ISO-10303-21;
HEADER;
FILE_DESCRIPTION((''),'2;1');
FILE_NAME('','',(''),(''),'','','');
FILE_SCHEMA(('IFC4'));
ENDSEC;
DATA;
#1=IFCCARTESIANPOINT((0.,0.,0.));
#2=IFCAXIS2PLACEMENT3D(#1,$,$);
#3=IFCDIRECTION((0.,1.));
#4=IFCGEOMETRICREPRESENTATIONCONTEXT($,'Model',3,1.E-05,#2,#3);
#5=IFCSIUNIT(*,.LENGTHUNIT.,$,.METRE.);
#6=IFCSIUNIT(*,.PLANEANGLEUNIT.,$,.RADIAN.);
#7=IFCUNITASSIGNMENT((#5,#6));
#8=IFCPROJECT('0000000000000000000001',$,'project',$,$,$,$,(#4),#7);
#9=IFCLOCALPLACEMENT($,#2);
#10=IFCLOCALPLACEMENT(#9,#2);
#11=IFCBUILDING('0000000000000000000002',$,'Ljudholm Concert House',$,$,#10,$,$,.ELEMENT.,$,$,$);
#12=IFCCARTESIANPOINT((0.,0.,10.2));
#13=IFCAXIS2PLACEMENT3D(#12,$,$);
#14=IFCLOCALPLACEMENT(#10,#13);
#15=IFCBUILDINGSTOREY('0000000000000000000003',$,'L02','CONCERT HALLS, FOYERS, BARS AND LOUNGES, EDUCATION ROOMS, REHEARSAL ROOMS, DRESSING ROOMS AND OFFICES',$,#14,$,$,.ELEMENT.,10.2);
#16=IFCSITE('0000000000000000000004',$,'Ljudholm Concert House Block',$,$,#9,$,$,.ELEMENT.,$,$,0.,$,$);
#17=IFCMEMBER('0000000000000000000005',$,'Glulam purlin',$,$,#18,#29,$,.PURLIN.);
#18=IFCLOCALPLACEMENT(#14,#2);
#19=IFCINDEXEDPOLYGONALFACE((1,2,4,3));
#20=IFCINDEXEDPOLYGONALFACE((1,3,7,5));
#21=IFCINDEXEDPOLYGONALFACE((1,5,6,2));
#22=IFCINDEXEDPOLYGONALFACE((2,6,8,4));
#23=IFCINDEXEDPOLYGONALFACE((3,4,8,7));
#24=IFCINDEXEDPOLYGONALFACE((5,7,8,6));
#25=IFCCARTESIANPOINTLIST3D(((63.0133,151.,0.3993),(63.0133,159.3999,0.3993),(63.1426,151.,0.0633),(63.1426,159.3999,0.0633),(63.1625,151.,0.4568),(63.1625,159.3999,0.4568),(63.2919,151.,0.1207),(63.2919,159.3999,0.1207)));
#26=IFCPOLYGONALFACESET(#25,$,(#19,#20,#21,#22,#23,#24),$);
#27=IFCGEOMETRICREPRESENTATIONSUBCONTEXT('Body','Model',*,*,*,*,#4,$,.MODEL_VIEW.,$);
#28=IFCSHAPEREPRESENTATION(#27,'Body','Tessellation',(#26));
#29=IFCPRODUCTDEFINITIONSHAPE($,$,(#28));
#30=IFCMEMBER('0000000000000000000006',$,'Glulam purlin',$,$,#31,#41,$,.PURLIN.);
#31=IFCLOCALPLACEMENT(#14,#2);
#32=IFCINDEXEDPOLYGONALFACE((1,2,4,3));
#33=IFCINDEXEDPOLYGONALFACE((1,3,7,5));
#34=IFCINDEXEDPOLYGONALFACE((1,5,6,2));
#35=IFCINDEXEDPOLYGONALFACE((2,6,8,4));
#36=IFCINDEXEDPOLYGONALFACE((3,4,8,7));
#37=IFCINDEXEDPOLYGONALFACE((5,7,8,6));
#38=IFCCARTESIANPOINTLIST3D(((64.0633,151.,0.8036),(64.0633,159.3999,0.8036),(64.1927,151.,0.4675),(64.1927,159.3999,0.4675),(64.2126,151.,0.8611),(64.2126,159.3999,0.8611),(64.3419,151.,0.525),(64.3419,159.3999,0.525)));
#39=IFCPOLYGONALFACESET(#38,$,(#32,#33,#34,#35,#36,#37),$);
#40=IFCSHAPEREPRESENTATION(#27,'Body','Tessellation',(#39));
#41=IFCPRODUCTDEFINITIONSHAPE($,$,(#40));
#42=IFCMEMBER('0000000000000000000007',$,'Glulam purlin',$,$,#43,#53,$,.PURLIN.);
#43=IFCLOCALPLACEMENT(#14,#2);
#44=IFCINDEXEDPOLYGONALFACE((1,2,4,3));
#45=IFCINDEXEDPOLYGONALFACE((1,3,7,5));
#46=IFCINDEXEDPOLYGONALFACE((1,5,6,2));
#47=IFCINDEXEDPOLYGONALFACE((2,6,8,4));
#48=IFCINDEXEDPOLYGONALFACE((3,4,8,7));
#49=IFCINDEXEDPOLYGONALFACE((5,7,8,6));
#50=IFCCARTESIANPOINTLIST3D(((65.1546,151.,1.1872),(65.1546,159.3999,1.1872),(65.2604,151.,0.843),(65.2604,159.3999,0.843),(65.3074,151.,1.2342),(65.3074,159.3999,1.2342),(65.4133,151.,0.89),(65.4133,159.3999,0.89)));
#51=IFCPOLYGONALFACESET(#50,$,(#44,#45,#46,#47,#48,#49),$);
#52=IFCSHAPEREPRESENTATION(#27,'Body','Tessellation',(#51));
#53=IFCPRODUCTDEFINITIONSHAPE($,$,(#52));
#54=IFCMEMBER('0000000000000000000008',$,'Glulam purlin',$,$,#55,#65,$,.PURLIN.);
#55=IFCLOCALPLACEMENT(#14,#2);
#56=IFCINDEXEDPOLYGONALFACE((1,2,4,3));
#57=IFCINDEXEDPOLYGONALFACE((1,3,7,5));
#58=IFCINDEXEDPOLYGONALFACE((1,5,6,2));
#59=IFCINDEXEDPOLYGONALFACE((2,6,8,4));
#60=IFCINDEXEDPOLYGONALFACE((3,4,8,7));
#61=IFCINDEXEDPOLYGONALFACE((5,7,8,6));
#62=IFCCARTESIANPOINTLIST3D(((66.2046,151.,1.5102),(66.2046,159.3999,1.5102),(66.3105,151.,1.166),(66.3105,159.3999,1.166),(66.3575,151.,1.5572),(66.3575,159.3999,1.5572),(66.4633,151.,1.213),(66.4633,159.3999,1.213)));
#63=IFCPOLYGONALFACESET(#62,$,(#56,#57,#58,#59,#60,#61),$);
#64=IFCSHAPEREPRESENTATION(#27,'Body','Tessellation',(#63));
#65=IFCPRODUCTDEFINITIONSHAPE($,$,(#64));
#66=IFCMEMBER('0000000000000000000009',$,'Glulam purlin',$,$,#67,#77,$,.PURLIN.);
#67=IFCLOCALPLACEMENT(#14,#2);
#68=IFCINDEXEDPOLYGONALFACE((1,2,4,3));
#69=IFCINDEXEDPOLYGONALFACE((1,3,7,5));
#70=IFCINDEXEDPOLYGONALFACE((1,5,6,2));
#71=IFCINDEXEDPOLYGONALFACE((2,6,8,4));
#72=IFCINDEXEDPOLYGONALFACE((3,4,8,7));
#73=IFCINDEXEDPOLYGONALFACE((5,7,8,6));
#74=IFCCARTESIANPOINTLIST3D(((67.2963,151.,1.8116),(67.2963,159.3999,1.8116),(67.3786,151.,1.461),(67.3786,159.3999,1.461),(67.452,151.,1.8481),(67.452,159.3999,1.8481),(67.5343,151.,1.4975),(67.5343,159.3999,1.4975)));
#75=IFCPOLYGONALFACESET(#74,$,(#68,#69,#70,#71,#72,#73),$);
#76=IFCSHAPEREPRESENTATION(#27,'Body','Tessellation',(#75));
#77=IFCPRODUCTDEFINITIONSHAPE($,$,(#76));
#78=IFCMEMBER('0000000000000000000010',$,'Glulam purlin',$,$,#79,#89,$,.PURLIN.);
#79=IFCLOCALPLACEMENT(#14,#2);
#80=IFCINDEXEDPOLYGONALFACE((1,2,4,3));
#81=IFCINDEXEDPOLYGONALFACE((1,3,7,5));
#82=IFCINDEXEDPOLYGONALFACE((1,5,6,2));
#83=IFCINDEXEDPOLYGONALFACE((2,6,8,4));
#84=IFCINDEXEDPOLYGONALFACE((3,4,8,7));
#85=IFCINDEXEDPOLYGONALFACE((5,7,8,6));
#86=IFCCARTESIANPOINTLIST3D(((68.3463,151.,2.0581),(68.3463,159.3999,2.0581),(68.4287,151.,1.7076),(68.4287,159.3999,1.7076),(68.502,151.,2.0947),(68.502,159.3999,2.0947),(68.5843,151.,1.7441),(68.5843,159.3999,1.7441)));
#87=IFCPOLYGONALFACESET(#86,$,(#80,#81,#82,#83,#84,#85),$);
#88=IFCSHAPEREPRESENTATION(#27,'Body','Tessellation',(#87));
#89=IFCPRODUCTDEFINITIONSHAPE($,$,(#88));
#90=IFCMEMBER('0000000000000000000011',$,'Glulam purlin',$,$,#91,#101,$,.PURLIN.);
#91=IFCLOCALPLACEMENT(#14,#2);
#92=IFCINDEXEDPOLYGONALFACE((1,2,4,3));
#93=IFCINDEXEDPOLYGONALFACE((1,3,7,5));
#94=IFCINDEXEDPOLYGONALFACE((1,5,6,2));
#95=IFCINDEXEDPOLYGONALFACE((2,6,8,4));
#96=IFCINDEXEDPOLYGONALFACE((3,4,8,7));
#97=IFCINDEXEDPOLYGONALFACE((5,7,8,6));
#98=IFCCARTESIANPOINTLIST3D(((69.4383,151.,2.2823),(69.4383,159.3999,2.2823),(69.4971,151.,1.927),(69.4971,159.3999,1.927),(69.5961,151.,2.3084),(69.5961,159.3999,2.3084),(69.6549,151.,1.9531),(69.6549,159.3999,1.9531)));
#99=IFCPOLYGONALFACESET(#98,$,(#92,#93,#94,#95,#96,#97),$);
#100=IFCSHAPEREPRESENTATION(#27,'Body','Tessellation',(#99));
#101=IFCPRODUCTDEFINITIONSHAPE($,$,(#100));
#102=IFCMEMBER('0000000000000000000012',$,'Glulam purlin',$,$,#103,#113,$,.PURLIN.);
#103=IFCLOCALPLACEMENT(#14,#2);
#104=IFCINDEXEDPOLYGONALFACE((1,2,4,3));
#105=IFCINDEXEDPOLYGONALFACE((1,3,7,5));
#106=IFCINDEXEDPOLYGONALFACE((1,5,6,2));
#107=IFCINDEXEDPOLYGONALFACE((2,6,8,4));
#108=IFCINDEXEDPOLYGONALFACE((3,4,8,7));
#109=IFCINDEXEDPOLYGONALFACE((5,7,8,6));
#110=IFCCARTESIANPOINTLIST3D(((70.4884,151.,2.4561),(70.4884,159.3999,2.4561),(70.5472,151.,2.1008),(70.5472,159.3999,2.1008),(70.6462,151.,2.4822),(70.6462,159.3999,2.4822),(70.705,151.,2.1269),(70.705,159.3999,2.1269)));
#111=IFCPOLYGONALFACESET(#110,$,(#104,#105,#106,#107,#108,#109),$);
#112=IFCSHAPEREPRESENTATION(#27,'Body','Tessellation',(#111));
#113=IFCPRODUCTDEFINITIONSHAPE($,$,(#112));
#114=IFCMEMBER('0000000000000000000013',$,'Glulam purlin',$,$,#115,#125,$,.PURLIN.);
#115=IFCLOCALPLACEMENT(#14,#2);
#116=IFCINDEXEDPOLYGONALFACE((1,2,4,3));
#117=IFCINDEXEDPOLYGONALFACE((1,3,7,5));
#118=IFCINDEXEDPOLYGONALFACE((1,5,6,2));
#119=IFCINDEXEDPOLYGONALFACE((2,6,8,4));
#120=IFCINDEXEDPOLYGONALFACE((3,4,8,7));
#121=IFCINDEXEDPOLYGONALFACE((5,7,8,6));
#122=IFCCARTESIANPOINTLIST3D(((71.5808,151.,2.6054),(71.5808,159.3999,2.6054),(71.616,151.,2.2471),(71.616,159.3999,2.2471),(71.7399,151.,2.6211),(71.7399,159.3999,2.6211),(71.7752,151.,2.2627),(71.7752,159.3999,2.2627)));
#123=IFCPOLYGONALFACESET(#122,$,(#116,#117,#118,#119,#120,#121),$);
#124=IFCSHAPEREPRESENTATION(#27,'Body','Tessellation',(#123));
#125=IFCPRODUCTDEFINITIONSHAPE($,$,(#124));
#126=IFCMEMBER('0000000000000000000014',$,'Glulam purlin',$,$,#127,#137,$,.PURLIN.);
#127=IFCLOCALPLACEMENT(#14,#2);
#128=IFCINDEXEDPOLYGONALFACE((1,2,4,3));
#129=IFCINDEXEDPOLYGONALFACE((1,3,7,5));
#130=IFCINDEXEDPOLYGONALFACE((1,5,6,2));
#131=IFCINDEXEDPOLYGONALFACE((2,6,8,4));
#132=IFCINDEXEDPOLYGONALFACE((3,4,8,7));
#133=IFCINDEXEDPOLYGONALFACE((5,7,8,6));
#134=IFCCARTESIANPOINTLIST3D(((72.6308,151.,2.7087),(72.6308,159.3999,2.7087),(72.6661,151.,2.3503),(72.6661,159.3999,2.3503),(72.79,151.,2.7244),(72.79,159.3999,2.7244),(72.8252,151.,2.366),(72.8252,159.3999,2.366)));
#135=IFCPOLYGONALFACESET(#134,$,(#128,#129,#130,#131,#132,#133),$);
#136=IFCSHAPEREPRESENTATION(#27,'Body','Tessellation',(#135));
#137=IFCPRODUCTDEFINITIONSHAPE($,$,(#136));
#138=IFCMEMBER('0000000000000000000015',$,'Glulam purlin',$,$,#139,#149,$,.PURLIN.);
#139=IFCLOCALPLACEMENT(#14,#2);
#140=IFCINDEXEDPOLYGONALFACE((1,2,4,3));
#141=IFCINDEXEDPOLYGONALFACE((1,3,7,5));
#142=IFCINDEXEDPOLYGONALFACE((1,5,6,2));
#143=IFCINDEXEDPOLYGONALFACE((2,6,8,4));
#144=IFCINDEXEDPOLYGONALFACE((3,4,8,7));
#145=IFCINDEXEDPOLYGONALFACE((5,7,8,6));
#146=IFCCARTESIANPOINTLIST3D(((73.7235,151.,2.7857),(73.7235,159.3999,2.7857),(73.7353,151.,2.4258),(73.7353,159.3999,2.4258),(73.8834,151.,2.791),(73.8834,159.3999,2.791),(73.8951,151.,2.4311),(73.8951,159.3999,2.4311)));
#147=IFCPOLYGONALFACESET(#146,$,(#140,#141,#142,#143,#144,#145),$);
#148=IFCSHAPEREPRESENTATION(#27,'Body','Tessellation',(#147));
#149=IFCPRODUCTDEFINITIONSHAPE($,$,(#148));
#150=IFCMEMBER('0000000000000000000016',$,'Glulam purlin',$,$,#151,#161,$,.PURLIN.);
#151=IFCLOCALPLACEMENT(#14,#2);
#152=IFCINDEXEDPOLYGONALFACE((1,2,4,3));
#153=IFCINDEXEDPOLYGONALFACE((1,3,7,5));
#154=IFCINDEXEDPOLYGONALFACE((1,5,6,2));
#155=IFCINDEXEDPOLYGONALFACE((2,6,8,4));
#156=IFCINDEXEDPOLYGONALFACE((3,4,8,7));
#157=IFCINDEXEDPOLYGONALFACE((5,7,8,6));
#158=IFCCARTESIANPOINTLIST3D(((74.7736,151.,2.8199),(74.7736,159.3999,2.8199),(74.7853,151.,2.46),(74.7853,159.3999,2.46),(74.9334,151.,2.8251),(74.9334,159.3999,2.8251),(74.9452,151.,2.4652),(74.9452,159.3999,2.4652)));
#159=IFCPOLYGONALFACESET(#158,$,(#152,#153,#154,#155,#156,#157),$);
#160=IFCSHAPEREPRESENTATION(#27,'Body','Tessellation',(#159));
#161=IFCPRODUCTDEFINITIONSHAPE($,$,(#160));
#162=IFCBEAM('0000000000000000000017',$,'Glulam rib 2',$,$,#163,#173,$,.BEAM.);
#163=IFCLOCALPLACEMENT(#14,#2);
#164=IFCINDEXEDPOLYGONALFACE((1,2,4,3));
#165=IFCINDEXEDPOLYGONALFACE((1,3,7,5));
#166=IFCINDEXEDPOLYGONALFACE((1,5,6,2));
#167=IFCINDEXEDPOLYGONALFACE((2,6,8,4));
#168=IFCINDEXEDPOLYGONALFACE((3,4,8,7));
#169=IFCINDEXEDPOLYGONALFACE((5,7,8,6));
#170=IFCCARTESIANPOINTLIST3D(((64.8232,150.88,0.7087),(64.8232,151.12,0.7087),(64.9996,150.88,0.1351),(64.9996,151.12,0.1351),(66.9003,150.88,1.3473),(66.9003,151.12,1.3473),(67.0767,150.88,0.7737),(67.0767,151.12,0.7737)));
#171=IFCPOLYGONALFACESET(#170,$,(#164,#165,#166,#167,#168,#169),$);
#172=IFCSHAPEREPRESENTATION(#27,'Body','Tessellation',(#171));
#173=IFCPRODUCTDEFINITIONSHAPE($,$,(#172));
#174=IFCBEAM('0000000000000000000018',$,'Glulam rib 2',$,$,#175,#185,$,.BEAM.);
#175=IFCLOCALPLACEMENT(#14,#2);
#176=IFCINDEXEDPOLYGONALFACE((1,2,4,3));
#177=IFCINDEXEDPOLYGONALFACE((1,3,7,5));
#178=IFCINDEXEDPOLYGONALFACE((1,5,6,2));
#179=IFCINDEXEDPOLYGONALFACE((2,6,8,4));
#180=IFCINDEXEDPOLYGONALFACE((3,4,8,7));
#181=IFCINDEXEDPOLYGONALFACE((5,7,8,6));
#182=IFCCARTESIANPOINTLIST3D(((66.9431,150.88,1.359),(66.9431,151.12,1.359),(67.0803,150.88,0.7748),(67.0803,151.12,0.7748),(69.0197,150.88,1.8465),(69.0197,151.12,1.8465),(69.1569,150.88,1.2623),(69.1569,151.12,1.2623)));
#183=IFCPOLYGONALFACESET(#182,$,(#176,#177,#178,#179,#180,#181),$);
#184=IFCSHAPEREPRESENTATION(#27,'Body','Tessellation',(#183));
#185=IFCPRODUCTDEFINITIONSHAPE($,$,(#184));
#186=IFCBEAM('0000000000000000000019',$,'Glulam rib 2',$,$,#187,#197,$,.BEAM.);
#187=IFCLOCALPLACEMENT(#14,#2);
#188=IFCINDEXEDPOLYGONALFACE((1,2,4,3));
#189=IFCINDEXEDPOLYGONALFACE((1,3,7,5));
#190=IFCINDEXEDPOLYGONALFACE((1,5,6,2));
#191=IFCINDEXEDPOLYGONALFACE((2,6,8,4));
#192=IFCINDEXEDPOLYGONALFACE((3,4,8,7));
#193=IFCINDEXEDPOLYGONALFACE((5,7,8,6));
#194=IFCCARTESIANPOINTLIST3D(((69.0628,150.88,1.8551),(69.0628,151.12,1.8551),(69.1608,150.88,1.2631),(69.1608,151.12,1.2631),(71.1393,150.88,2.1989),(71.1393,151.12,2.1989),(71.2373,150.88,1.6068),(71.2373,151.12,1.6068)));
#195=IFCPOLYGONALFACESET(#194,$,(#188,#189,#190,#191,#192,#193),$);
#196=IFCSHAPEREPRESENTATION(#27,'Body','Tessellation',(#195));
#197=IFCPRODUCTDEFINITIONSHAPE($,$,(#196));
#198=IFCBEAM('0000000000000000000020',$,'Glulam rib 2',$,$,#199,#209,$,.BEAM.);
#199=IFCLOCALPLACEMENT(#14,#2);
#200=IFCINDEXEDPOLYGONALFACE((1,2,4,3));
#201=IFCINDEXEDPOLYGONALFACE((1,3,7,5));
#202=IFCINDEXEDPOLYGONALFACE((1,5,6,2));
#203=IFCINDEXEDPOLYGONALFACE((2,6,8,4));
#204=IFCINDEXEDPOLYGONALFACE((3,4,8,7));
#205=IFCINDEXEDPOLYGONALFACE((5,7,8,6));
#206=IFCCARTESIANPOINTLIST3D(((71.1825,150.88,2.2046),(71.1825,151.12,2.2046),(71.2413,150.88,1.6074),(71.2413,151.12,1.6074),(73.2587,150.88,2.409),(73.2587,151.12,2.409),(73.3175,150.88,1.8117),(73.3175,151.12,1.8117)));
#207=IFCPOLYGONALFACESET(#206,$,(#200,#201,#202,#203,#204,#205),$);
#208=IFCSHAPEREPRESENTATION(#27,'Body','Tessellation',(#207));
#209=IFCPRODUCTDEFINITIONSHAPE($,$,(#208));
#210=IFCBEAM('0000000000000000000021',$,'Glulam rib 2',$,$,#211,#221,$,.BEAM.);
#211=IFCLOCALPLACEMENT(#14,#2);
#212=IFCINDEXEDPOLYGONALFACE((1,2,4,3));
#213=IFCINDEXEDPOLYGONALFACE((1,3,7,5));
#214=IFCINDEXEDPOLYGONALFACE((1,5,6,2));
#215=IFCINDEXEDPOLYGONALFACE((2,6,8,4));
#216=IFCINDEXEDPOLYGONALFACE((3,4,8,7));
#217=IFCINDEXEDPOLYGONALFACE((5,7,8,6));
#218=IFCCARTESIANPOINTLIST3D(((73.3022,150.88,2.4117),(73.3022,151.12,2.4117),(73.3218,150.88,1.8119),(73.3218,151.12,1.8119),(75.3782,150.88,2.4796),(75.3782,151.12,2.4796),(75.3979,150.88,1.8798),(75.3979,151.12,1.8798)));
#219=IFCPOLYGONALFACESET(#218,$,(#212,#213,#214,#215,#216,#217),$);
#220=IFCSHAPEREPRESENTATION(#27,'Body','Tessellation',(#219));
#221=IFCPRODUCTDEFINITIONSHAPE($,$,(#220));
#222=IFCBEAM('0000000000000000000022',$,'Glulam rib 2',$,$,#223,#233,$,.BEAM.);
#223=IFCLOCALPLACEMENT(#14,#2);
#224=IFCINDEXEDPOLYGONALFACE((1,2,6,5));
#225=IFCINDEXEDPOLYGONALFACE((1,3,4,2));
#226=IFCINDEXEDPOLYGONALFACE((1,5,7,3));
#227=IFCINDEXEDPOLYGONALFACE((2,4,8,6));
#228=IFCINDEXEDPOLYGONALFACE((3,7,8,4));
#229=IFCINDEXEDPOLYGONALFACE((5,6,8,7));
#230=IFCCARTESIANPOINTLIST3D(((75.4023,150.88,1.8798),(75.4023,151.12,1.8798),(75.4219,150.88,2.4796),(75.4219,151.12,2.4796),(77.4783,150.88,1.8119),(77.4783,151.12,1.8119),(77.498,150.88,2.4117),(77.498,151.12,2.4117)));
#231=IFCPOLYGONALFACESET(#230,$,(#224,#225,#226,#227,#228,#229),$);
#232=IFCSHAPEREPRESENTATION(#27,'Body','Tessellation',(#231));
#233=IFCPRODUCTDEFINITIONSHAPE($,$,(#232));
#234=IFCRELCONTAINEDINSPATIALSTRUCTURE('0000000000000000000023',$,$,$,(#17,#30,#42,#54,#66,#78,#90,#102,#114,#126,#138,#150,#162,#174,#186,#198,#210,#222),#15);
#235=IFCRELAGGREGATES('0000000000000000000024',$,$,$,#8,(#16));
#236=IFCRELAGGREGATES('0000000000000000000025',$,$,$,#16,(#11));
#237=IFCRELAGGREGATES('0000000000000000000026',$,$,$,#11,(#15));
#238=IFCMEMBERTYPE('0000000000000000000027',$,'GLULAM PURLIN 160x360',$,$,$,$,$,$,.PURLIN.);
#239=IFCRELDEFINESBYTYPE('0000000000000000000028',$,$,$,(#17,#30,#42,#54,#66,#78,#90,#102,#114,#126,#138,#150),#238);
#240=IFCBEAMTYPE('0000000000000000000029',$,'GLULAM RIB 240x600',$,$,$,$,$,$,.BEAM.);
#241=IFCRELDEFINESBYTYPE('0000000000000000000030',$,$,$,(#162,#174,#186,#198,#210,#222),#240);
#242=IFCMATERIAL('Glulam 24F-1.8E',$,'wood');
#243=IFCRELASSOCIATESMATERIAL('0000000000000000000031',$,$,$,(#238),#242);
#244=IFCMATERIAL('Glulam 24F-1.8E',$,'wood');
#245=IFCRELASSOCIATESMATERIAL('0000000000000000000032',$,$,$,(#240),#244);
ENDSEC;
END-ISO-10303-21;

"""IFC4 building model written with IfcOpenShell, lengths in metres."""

from ifc_helpers import new_model, si_unit, direction, frame, origin, origin_2d, place, context, subcontext, project, spatial, rectangle, extrude, material, material_profile, profile_set, type_object, element, save


model = new_model("IFC4")

# Units and contexts
model_context = context("Model", 3, precision=1e-05, world=origin(), true_north=direction((0.0, 1.0)))
body_context = subcontext(model_context, "Body", "Model", "MODEL_VIEW")
ifc_project = project(units=[si_unit("LENGTHUNIT", "METRE"), si_unit("PLANEANGLEUNIT", "RADIAN")], contexts=[model_context])

# Site, building, storey
site_placement = place(None, origin())
site = spatial("IfcSite", under=ifc_project, at=site_placement, Name="Ljudholm Concert House Block", CompositionType="ELEMENT", RefElevation=0.0)
building_placement = place(site_placement, origin())
building = spatial("IfcBuilding", under=site, at=building_placement, Name="Ljudholm Concert House", CompositionType="ELEMENT")
storey_placement = place(building_placement, frame((0.0, 0.0, 10.2)))
storey = spatial("IfcBuildingStorey", under=building, at=storey_placement, Name="L02", Description="CONCERT HALLS, FOYERS, BARS AND LOUNGES, EDUCATION ROOMS, REHEARSAL ROOMS, DRESSING ROOMS AND OFFICES", CompositionType="ELEMENT", Elevation=10.2)

# Members
ifc_material_1 = material(Name="Glulam 24F-1.8E", Category="wood")
ifc_material_profile_1 = material_profile(ifc_material_1, rectangle(XDim=0.1599, YDim=0.3601, at=origin_2d()), Name="GLULAM PURLIN 160x360")
ifc_profile_set_1 = profile_set([ifc_material_profile_1], Name="Glulam 24F-1.8E")
member_type = type_object("IfcMemberType", Name="GLULAM PURLIN 160x360", PredefinedType="PURLIN", material=ifc_profile_set_1)
for number, where, z_axis, x_axis, name in (
    (1, (63.1526, 151.0, 0.26), (0.0, 1.0, 0.0), (-0.933249, 0.0, -0.359229), "Glulam purlin"),
    (2, (64.2026, 151.0, 0.6643), (0.0, 1.0, 0.0), (-0.933249, 0.0, -0.359229), "Glulam purlin"),
    (3, (65.2839, 151.0, 1.0386), (0.0, 1.0, 0.0), (-0.955834, 0.0, -0.293906), "Glulam purlin"),
    (4, (66.334, 151.0, 1.3616), (0.0, 1.0, 0.0), (-0.955834, 0.0, -0.293906), "Glulam purlin"),
    (5, (67.4153, 151.0, 1.6545), (0.0, 1.0, 0.0), (-0.973523, 0.0, -0.228589), "Glulam purlin"),
    (6, (68.4653, 151.0, 1.9011), (0.0, 1.0, 0.0), (-0.973523, 0.0, -0.228589), "Glulam purlin"),
    (7, (69.5466, 151.0, 2.1177), (0.0, 1.0, 0.0), (-0.986581, 0.0, -0.163275), "Glulam purlin"),
    (8, (70.5967, 151.0, 2.2915), (0.0, 1.0, 0.0), (-0.986581, 0.0, -0.163275), "Glulam purlin"),
    (9, (71.678, 151.0, 2.4341), (0.0, 1.0, 0.0), (-0.99519, 0.0, -0.097964), "Glulam purlin"),
    (10, (72.728, 151.0, 2.5374), (0.0, 1.0, 0.0), (-0.99519, 0.0, -0.097964), "Glulam purlin"),
    (11, (73.8093, 151.0, 2.6084), (0.0, 1.0, 0.0), (-0.999467, 0.0, -0.032655), "Glulam purlin"),
    (12, (74.8594, 151.0, 2.6426), (0.0, 1.0, 0.0), (-0.999467, 0.0, -0.032655), "Glulam purlin"),
):
    element("IfcMember", number, at=place(storey_placement, frame(where, z_axis=z_axis, x_axis=x_axis)), inside=storey, type_object=member_type, Name=name, PredefinedType="PURLIN", context=body_context, shape_type="SweptSolid", body=[
        extrude(rectangle(XDim=0.1599, YDim=0.3601, at=origin_2d()), origin(), (0.0, 0.0, 1.0), 8.3999),
    ])

# Beams
ifc_material_2 = material(Name="Glulam 24F-1.8E", Category="wood")
ifc_material_profile_2 = material_profile(ifc_material_2, rectangle(XDim=0.24, YDim=0.6001, at=origin_2d()), Name="GLULAM RIB 240x600")
ifc_profile_set_2 = profile_set([ifc_material_profile_2], Name="Glulam 24F-1.8E")
beam_type = type_object("IfcBeamType", Name="GLULAM RIB 240x600", PredefinedType="BEAM", material=ifc_profile_set_2)
beam_1_placement = place(storey_placement, frame((64.9114, 151.0, 0.4219), z_axis=(0.955837, 0.0, 0.293896), x_axis=(0.0, 1.0, 0.0)))
element("IfcBeam", 13, at=beam_1_placement, inside=storey, type_object=beam_type, Name="Glulam rib 2", PredefinedType="BEAM", context=body_context, shape_type="SweptSolid", body=[
    extrude(rectangle(XDim=0.24, YDim=0.6001, at=origin_2d()), origin(), (0.0, 0.0, 1.0), 2.1731),
])
beam_2_placement = place(storey_placement, frame((67.0117, 151.0, 1.0669), z_axis=(0.97353, 0.0, 0.228561), x_axis=(0.0, 1.0, 0.0)))
element("IfcBeam", 14, at=beam_2_placement, inside=storey, type_object=beam_type, Name="Glulam rib 2", PredefinedType="BEAM", context=body_context, shape_type="SweptSolid", body=[
    extrude(rectangle(XDim=0.24, YDim=0.6001, at=origin_2d()), origin(), (0.0, 0.0, 1.0), 2.1331),
])
beam_3_placement = place(storey_placement, frame((69.1118, 151.0, 1.5591), z_axis=(0.986572, 0.0, 0.163327), x_axis=(0.0, 1.0, 0.0)))
element("IfcBeam", 15, at=beam_3_placement, inside=storey, type_object=beam_type, Name="Glulam rib 2", PredefinedType="BEAM", context=body_context, shape_type="SweptSolid", body=[
    extrude(rectangle(XDim=0.24, YDim=0.6001, at=origin_2d()), origin(), (0.0, 0.0, 1.0), 2.1047),
])
beam_4_placement = place(storey_placement, frame((71.2119, 151.0, 1.906), z_axis=(0.995191, 0.0, 0.097951), x_axis=(0.0, 1.0, 0.0)))
element("IfcBeam", 16, at=beam_4_placement, inside=storey, type_object=beam_type, Name="Glulam rib 2", PredefinedType="BEAM", context=body_context, shape_type="SweptSolid", body=[
    extrude(rectangle(XDim=0.24, YDim=0.6001, at=origin_2d()), origin(), (0.0, 0.0, 1.0), 2.0862),
])
for number, where, z_axis, x_axis, name in (
    (17, (73.312, 151.0, 2.1118), (0.999466, 0.0, 0.032677), (0.0, 1.0, 0.0), "Glulam rib 2"),
    (18, (75.4121, 151.0, 2.1797), (0.999466, 0.0, -0.032677), (0.0, 1.0, 0.0), "Glulam rib 2"),
):
    element("IfcBeam", number, at=place(storey_placement, frame(where, z_axis=z_axis, x_axis=x_axis)), inside=storey, type_object=beam_type, Name=name, PredefinedType="BEAM", context=body_context, shape_type="SweptSolid", body=[
        extrude(rectangle(XDim=0.24, YDim=0.6001, at=origin_2d()), origin(), (0.0, 0.0, 1.0), 2.0771),
    ])

save(model, "model.ifc")
